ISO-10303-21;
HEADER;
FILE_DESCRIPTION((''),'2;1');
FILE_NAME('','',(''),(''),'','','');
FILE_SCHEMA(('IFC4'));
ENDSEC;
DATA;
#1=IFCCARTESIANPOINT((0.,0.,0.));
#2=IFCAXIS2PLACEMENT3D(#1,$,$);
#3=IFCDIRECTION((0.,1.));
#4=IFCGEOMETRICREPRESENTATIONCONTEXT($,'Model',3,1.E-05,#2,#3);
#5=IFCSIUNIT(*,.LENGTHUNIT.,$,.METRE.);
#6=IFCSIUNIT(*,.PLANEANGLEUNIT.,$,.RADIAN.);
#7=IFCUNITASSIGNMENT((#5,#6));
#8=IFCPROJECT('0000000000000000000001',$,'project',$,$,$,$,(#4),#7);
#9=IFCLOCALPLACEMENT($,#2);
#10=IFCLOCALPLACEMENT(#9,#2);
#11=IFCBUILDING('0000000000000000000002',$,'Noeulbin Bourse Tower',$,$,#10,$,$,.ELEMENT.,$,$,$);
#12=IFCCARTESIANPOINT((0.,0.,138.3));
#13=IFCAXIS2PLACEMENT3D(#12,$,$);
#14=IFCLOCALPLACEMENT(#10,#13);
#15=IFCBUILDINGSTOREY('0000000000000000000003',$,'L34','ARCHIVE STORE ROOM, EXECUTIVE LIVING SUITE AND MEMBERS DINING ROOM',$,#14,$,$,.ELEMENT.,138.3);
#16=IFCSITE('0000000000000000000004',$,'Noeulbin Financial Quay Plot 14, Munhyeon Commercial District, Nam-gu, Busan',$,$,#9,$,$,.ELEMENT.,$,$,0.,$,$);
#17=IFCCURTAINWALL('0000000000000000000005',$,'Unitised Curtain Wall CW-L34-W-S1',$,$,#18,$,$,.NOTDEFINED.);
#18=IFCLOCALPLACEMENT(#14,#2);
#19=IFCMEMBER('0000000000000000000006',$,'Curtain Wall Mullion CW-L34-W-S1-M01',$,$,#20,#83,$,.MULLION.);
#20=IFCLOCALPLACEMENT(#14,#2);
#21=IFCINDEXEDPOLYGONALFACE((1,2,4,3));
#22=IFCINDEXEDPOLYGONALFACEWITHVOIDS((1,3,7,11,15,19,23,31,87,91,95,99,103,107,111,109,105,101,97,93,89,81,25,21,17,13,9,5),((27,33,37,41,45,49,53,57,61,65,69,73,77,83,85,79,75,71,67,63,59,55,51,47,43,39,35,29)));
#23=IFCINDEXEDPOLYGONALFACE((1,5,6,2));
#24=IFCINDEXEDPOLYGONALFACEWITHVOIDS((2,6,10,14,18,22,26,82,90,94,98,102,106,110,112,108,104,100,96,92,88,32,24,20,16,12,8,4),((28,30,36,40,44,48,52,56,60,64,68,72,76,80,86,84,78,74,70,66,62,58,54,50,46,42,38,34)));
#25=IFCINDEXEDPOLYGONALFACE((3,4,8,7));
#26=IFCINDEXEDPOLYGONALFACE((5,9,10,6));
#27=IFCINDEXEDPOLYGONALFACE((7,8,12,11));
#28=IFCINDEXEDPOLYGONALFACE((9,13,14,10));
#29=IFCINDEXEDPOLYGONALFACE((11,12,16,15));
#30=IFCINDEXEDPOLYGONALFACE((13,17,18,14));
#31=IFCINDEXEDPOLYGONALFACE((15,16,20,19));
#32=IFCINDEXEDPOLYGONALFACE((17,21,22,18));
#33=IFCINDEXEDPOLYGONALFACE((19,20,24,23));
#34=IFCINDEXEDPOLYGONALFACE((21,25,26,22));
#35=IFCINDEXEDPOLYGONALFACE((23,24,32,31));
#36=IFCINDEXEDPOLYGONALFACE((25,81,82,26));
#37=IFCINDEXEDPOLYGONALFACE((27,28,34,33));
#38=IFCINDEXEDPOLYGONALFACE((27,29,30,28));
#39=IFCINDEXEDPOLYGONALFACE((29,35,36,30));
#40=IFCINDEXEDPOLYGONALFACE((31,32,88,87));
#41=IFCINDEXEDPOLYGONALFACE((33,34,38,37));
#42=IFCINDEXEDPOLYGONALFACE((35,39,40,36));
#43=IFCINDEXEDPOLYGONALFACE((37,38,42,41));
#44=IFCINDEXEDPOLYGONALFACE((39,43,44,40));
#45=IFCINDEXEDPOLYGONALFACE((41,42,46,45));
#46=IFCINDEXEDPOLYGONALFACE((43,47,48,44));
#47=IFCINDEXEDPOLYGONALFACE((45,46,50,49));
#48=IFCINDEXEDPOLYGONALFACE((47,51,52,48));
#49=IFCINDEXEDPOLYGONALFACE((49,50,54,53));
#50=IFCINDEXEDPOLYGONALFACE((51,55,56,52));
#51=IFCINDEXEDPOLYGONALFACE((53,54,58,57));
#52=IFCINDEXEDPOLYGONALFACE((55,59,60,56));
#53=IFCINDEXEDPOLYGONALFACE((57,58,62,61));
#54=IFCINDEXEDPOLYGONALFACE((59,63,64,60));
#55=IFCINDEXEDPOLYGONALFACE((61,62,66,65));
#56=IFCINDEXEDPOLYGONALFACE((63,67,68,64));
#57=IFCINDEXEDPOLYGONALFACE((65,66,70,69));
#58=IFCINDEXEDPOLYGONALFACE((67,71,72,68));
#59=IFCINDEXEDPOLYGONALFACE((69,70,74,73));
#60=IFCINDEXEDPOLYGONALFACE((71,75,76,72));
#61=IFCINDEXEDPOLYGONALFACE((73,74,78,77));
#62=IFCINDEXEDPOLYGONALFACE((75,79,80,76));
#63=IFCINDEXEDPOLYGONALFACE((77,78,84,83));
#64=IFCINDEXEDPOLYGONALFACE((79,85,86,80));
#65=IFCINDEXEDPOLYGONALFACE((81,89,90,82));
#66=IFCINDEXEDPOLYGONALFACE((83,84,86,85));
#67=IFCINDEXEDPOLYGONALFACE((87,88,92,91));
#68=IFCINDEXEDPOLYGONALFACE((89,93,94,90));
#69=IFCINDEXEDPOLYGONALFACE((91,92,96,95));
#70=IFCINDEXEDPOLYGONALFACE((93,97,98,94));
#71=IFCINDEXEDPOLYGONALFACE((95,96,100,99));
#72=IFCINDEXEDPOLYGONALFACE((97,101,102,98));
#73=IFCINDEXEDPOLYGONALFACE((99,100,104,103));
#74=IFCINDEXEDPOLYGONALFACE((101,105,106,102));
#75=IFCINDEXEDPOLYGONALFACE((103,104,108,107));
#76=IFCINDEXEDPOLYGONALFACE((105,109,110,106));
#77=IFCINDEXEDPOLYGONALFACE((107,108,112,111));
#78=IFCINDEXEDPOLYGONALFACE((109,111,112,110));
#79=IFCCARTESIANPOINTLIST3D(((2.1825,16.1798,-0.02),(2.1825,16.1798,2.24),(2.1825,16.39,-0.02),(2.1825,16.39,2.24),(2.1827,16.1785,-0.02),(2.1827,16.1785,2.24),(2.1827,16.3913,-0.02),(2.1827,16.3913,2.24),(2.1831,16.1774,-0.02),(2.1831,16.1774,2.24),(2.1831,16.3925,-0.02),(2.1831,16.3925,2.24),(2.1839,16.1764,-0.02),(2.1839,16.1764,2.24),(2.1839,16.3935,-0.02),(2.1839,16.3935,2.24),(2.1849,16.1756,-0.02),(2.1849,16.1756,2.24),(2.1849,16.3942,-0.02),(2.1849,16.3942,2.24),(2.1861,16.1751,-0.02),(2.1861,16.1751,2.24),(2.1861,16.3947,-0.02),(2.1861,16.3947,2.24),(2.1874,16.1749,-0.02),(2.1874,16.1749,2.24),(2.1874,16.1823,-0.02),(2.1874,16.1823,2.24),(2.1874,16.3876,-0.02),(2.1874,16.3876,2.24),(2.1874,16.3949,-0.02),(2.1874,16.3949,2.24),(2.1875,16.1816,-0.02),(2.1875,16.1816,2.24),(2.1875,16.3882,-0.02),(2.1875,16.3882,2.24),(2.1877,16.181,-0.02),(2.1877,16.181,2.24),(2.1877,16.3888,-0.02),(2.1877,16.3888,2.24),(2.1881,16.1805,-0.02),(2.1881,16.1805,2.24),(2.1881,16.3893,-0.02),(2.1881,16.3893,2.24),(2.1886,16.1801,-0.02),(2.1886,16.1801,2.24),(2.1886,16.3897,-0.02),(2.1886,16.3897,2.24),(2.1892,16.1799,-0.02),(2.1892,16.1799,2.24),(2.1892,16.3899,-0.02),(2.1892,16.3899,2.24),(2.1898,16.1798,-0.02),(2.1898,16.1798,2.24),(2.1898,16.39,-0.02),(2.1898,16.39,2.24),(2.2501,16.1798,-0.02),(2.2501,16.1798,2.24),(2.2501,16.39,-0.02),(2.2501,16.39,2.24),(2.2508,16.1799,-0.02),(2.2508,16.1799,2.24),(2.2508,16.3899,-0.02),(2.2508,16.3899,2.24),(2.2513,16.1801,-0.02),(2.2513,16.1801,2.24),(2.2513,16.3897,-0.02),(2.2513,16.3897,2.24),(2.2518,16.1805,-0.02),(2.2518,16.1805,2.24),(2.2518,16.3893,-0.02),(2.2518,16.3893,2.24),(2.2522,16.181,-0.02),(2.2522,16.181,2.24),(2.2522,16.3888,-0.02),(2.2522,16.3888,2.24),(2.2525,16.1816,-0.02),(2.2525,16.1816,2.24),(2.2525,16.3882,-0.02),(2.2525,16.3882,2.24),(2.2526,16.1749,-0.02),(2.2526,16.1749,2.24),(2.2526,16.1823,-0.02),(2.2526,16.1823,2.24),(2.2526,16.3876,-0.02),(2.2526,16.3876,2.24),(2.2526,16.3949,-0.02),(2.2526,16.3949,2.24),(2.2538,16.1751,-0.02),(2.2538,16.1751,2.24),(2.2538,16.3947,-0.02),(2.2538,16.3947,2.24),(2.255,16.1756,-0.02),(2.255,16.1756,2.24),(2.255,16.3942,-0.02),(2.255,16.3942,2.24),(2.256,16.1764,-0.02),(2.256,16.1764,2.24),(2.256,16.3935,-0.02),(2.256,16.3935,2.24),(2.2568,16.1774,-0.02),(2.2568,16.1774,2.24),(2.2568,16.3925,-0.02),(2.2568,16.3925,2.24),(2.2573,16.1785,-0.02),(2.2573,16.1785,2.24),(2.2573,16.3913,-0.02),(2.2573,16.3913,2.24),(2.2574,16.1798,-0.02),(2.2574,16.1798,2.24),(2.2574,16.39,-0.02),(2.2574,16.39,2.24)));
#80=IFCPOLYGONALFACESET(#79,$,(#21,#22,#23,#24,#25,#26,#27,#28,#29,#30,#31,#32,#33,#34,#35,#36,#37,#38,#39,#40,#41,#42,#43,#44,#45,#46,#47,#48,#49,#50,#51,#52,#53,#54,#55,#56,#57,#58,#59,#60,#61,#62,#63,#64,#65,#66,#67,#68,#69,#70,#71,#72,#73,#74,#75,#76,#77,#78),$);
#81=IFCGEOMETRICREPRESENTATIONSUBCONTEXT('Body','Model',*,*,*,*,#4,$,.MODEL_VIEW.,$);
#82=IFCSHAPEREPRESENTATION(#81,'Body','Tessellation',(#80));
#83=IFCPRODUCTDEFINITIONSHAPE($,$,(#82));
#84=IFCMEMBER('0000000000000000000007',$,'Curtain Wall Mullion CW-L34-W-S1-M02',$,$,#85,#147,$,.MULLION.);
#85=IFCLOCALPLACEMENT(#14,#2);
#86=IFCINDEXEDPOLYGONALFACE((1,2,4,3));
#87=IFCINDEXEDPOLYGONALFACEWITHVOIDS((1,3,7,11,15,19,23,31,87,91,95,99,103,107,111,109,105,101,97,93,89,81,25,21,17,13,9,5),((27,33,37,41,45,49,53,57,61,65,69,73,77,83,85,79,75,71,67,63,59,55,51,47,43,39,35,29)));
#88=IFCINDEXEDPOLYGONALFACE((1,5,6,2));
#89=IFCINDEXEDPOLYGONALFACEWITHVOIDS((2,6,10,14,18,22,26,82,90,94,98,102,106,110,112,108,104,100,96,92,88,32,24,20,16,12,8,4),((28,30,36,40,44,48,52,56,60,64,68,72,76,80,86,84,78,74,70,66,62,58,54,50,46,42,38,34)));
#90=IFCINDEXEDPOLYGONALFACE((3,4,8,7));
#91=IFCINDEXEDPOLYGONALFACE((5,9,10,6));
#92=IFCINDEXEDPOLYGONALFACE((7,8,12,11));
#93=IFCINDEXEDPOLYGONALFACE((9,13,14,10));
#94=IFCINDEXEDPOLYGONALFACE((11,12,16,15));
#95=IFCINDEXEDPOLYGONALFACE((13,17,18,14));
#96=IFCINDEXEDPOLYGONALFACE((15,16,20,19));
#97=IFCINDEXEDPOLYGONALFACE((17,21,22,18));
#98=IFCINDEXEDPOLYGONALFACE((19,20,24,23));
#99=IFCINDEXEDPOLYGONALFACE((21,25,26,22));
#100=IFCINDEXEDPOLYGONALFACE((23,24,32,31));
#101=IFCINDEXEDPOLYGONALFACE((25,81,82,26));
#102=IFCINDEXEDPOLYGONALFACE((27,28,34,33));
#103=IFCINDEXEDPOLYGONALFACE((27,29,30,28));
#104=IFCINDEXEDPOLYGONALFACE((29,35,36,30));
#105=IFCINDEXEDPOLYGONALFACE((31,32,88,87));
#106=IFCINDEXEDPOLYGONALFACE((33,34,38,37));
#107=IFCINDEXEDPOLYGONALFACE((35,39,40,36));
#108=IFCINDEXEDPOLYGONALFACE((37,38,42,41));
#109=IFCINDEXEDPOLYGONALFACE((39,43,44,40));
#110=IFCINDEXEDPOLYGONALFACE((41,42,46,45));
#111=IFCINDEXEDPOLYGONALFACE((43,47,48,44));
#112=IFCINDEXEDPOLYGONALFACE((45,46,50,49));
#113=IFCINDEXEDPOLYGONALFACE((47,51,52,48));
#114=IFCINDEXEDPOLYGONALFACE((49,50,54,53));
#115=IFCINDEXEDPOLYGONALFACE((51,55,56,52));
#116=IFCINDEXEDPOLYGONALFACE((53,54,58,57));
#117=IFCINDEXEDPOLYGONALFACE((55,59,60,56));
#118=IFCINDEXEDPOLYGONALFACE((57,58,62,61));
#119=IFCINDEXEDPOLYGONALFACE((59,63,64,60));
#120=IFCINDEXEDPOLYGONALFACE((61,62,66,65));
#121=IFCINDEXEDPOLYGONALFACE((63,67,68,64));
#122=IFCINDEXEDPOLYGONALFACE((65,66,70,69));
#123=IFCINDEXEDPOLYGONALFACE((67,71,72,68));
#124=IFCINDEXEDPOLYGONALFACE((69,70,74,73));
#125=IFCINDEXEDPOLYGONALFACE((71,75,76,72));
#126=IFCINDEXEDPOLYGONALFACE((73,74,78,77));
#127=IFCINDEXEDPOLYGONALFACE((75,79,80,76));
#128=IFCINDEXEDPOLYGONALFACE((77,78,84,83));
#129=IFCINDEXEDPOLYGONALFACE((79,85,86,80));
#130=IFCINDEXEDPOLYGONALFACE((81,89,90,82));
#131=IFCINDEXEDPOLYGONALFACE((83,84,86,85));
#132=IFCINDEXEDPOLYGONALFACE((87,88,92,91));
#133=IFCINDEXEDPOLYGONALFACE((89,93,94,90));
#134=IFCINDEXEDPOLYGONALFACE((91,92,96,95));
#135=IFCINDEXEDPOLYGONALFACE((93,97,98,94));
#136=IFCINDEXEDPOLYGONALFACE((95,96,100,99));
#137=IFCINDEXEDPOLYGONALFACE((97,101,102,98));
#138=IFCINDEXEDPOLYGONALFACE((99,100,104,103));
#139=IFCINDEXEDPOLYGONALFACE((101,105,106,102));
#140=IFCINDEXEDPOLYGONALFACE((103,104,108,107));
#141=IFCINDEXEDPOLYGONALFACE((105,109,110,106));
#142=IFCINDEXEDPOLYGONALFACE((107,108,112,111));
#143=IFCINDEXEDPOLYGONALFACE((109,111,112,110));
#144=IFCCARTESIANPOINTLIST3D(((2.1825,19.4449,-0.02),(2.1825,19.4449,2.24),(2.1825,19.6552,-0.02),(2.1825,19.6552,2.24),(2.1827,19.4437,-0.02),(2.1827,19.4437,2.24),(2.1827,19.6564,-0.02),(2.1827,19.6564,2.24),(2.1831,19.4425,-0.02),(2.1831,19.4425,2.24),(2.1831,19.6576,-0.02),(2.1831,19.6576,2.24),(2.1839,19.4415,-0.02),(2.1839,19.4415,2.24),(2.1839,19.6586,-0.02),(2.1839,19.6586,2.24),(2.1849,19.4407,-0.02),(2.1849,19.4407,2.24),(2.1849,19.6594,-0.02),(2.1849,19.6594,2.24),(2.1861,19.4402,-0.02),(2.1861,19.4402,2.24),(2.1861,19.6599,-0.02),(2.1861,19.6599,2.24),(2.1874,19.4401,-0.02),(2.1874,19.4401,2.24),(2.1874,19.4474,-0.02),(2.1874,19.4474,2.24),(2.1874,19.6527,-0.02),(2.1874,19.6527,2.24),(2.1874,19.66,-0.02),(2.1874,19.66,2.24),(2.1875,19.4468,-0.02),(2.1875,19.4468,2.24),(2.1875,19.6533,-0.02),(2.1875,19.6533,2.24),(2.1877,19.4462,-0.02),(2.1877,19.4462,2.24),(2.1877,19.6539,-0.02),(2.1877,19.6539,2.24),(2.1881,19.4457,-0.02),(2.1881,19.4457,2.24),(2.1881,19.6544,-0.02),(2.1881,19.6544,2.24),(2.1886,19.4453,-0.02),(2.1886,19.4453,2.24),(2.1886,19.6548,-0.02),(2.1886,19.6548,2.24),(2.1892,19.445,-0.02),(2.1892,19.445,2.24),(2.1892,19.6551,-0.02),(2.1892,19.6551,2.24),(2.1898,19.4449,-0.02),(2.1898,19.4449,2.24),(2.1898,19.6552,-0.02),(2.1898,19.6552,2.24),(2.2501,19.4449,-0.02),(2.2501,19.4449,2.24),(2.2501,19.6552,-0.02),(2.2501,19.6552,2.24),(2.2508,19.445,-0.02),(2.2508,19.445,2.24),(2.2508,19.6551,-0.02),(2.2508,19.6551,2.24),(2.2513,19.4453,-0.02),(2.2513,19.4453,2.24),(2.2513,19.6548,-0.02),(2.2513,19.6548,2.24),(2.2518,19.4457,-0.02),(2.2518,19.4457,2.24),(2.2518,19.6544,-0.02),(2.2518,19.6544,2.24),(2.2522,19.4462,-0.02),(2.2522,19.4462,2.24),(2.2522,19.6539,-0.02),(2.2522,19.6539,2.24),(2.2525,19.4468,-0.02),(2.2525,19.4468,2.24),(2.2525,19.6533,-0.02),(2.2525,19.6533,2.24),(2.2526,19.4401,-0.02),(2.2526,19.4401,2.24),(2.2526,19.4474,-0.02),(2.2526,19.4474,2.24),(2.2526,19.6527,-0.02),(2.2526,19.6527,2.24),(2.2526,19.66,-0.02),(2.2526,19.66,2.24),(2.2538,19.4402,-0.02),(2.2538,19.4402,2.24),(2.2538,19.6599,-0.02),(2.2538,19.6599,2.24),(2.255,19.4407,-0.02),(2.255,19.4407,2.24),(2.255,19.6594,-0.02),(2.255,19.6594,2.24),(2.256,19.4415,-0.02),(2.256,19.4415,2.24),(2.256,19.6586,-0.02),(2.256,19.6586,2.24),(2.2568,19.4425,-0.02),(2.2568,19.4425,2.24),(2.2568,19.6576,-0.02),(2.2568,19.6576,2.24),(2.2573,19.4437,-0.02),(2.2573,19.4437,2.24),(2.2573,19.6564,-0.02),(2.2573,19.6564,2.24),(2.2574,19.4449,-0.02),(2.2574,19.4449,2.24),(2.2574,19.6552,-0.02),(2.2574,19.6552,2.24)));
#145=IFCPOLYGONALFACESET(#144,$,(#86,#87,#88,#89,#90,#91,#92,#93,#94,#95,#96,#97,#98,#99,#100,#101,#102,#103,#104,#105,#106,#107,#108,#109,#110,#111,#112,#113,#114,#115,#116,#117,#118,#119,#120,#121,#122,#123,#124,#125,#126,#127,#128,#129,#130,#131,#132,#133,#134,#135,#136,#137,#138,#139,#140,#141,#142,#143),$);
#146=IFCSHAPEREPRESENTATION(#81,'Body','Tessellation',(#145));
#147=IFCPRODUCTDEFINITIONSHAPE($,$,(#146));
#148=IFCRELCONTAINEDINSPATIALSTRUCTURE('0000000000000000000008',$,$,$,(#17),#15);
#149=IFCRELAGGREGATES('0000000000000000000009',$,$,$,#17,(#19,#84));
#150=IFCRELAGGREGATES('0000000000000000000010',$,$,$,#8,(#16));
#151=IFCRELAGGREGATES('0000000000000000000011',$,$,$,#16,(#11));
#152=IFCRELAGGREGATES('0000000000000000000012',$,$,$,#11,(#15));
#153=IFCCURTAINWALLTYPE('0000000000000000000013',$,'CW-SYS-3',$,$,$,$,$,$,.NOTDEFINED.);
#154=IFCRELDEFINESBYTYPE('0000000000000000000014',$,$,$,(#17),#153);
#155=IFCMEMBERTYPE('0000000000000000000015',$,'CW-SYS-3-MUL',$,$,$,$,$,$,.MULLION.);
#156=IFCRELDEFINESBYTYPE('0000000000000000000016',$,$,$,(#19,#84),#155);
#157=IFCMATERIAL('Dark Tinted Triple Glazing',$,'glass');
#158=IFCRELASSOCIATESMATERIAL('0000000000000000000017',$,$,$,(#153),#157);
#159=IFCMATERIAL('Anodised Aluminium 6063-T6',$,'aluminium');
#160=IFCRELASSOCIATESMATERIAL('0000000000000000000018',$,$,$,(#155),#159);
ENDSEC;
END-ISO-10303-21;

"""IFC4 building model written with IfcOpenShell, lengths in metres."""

from ifc_helpers import new_model, si_unit, direction, frame, origin, origin_2d, place, context, subcontext, project, spatial, hollow_rectangle, extrude, material, material_profile, profile_set, type_object, element, aggregate, save


model = new_model("IFC4")

# Units and contexts
model_context = context("Model", 3, precision=1e-05, world=origin(), true_north=direction((0.0, 1.0)))
body_context = subcontext(model_context, "Body", "Model", "MODEL_VIEW")
ifc_project = project(units=[si_unit("LENGTHUNIT", "METRE"), si_unit("PLANEANGLEUNIT", "RADIAN")], contexts=[model_context])

# Site, building, storey
site_placement = place(None, origin())
site = spatial("IfcSite", under=ifc_project, at=site_placement, Name="Noeulbin Financial Quay Plot 14, Munhyeon Commercial District, Nam-gu, Busan", CompositionType="ELEMENT", RefElevation=0.0)
building_placement = place(site_placement, origin())
building = spatial("IfcBuilding", under=site, at=building_placement, Name="Noeulbin Bourse Tower", CompositionType="ELEMENT")
storey_placement = place(building_placement, frame((0.0, 0.0, 138.3)))
storey = spatial("IfcBuildingStorey", under=building, at=storey_placement, Name="L34", Description="ARCHIVE STORE ROOM, EXECUTIVE LIVING SUITE AND MEMBERS DINING ROOM", CompositionType="ELEMENT", Elevation=138.3)

# Curtain wall, members
ifc_material_1 = material(Name="Dark Tinted Triple Glazing", Category="glass")
curtain_wall_type = type_object("IfcCurtainWallType", Name="CW-SYS-3", PredefinedType="NOTDEFINED", material=ifc_material_1)
curtain_wall_placement = place(storey_placement, origin())
curtain_wall = element("IfcCurtainWall", 1, at=curtain_wall_placement, inside=storey, type_object=curtain_wall_type, Name="Unitised Curtain Wall CW-L34-W-S1", PredefinedType="NOTDEFINED")
ifc_material_2 = material(Name="Anodised Aluminium 6063-T6", Category="aluminium")
ifc_material_profile_1 = material_profile(ifc_material_2, hollow_rectangle(XDim=0.075, YDim=0.22, WallThickness=0.0049, InnerFilletRadius=0.0024, OuterFilletRadius=0.0049, at=origin_2d()), Name="ALU-MULL-75x220x5", Category="LoadBearing")
ifc_profile_set_1 = profile_set([ifc_material_profile_1], Name="Anodised Aluminium 6063-T6")
member_type_1 = type_object("IfcMemberType", Name="CW-SYS-3-MUL", PredefinedType="MULLION", material=ifc_profile_set_1)
member_1_placement = place(storey_placement, frame((2.22, 16.2849, -0.02), z_axis=(0.0, 0.0, 1.0), x_axis=(1.0, 0.0, 0.0)))
member_1 = element("IfcMember", 2, at=member_1_placement, type_object=member_type_1, Name="Curtain Wall Mullion CW-L34-W-S1-M01", PredefinedType="MULLION", context=body_context, shape_type="SweptSolid", body=[
    extrude(hollow_rectangle(XDim=0.075, YDim=0.22, WallThickness=0.0049, InnerFilletRadius=0.0024, OuterFilletRadius=0.0049, at=origin_2d()), origin(), (0.0, 0.0, 1.0), 2.26),
])
member_2_placement = place(storey_placement, frame((2.22, 19.55, -0.02), z_axis=(0.0, 0.0, 1.0), x_axis=(1.0, 0.0, 0.0)))
member_2 = element("IfcMember", 3, at=member_2_placement, type_object=member_type_1, Name="Curtain Wall Mullion CW-L34-W-S1-M02", PredefinedType="MULLION", context=body_context, shape_type="SweptSolid", body=[
    extrude(hollow_rectangle(XDim=0.075, YDim=0.22, WallThickness=0.0049, InnerFilletRadius=0.0024, OuterFilletRadius=0.0049, at=origin_2d()), origin(), (0.0, 0.0, 1.0), 2.26),
])
aggregate(curtain_wall, [member_1, member_2])

save(model, "model.ifc")
